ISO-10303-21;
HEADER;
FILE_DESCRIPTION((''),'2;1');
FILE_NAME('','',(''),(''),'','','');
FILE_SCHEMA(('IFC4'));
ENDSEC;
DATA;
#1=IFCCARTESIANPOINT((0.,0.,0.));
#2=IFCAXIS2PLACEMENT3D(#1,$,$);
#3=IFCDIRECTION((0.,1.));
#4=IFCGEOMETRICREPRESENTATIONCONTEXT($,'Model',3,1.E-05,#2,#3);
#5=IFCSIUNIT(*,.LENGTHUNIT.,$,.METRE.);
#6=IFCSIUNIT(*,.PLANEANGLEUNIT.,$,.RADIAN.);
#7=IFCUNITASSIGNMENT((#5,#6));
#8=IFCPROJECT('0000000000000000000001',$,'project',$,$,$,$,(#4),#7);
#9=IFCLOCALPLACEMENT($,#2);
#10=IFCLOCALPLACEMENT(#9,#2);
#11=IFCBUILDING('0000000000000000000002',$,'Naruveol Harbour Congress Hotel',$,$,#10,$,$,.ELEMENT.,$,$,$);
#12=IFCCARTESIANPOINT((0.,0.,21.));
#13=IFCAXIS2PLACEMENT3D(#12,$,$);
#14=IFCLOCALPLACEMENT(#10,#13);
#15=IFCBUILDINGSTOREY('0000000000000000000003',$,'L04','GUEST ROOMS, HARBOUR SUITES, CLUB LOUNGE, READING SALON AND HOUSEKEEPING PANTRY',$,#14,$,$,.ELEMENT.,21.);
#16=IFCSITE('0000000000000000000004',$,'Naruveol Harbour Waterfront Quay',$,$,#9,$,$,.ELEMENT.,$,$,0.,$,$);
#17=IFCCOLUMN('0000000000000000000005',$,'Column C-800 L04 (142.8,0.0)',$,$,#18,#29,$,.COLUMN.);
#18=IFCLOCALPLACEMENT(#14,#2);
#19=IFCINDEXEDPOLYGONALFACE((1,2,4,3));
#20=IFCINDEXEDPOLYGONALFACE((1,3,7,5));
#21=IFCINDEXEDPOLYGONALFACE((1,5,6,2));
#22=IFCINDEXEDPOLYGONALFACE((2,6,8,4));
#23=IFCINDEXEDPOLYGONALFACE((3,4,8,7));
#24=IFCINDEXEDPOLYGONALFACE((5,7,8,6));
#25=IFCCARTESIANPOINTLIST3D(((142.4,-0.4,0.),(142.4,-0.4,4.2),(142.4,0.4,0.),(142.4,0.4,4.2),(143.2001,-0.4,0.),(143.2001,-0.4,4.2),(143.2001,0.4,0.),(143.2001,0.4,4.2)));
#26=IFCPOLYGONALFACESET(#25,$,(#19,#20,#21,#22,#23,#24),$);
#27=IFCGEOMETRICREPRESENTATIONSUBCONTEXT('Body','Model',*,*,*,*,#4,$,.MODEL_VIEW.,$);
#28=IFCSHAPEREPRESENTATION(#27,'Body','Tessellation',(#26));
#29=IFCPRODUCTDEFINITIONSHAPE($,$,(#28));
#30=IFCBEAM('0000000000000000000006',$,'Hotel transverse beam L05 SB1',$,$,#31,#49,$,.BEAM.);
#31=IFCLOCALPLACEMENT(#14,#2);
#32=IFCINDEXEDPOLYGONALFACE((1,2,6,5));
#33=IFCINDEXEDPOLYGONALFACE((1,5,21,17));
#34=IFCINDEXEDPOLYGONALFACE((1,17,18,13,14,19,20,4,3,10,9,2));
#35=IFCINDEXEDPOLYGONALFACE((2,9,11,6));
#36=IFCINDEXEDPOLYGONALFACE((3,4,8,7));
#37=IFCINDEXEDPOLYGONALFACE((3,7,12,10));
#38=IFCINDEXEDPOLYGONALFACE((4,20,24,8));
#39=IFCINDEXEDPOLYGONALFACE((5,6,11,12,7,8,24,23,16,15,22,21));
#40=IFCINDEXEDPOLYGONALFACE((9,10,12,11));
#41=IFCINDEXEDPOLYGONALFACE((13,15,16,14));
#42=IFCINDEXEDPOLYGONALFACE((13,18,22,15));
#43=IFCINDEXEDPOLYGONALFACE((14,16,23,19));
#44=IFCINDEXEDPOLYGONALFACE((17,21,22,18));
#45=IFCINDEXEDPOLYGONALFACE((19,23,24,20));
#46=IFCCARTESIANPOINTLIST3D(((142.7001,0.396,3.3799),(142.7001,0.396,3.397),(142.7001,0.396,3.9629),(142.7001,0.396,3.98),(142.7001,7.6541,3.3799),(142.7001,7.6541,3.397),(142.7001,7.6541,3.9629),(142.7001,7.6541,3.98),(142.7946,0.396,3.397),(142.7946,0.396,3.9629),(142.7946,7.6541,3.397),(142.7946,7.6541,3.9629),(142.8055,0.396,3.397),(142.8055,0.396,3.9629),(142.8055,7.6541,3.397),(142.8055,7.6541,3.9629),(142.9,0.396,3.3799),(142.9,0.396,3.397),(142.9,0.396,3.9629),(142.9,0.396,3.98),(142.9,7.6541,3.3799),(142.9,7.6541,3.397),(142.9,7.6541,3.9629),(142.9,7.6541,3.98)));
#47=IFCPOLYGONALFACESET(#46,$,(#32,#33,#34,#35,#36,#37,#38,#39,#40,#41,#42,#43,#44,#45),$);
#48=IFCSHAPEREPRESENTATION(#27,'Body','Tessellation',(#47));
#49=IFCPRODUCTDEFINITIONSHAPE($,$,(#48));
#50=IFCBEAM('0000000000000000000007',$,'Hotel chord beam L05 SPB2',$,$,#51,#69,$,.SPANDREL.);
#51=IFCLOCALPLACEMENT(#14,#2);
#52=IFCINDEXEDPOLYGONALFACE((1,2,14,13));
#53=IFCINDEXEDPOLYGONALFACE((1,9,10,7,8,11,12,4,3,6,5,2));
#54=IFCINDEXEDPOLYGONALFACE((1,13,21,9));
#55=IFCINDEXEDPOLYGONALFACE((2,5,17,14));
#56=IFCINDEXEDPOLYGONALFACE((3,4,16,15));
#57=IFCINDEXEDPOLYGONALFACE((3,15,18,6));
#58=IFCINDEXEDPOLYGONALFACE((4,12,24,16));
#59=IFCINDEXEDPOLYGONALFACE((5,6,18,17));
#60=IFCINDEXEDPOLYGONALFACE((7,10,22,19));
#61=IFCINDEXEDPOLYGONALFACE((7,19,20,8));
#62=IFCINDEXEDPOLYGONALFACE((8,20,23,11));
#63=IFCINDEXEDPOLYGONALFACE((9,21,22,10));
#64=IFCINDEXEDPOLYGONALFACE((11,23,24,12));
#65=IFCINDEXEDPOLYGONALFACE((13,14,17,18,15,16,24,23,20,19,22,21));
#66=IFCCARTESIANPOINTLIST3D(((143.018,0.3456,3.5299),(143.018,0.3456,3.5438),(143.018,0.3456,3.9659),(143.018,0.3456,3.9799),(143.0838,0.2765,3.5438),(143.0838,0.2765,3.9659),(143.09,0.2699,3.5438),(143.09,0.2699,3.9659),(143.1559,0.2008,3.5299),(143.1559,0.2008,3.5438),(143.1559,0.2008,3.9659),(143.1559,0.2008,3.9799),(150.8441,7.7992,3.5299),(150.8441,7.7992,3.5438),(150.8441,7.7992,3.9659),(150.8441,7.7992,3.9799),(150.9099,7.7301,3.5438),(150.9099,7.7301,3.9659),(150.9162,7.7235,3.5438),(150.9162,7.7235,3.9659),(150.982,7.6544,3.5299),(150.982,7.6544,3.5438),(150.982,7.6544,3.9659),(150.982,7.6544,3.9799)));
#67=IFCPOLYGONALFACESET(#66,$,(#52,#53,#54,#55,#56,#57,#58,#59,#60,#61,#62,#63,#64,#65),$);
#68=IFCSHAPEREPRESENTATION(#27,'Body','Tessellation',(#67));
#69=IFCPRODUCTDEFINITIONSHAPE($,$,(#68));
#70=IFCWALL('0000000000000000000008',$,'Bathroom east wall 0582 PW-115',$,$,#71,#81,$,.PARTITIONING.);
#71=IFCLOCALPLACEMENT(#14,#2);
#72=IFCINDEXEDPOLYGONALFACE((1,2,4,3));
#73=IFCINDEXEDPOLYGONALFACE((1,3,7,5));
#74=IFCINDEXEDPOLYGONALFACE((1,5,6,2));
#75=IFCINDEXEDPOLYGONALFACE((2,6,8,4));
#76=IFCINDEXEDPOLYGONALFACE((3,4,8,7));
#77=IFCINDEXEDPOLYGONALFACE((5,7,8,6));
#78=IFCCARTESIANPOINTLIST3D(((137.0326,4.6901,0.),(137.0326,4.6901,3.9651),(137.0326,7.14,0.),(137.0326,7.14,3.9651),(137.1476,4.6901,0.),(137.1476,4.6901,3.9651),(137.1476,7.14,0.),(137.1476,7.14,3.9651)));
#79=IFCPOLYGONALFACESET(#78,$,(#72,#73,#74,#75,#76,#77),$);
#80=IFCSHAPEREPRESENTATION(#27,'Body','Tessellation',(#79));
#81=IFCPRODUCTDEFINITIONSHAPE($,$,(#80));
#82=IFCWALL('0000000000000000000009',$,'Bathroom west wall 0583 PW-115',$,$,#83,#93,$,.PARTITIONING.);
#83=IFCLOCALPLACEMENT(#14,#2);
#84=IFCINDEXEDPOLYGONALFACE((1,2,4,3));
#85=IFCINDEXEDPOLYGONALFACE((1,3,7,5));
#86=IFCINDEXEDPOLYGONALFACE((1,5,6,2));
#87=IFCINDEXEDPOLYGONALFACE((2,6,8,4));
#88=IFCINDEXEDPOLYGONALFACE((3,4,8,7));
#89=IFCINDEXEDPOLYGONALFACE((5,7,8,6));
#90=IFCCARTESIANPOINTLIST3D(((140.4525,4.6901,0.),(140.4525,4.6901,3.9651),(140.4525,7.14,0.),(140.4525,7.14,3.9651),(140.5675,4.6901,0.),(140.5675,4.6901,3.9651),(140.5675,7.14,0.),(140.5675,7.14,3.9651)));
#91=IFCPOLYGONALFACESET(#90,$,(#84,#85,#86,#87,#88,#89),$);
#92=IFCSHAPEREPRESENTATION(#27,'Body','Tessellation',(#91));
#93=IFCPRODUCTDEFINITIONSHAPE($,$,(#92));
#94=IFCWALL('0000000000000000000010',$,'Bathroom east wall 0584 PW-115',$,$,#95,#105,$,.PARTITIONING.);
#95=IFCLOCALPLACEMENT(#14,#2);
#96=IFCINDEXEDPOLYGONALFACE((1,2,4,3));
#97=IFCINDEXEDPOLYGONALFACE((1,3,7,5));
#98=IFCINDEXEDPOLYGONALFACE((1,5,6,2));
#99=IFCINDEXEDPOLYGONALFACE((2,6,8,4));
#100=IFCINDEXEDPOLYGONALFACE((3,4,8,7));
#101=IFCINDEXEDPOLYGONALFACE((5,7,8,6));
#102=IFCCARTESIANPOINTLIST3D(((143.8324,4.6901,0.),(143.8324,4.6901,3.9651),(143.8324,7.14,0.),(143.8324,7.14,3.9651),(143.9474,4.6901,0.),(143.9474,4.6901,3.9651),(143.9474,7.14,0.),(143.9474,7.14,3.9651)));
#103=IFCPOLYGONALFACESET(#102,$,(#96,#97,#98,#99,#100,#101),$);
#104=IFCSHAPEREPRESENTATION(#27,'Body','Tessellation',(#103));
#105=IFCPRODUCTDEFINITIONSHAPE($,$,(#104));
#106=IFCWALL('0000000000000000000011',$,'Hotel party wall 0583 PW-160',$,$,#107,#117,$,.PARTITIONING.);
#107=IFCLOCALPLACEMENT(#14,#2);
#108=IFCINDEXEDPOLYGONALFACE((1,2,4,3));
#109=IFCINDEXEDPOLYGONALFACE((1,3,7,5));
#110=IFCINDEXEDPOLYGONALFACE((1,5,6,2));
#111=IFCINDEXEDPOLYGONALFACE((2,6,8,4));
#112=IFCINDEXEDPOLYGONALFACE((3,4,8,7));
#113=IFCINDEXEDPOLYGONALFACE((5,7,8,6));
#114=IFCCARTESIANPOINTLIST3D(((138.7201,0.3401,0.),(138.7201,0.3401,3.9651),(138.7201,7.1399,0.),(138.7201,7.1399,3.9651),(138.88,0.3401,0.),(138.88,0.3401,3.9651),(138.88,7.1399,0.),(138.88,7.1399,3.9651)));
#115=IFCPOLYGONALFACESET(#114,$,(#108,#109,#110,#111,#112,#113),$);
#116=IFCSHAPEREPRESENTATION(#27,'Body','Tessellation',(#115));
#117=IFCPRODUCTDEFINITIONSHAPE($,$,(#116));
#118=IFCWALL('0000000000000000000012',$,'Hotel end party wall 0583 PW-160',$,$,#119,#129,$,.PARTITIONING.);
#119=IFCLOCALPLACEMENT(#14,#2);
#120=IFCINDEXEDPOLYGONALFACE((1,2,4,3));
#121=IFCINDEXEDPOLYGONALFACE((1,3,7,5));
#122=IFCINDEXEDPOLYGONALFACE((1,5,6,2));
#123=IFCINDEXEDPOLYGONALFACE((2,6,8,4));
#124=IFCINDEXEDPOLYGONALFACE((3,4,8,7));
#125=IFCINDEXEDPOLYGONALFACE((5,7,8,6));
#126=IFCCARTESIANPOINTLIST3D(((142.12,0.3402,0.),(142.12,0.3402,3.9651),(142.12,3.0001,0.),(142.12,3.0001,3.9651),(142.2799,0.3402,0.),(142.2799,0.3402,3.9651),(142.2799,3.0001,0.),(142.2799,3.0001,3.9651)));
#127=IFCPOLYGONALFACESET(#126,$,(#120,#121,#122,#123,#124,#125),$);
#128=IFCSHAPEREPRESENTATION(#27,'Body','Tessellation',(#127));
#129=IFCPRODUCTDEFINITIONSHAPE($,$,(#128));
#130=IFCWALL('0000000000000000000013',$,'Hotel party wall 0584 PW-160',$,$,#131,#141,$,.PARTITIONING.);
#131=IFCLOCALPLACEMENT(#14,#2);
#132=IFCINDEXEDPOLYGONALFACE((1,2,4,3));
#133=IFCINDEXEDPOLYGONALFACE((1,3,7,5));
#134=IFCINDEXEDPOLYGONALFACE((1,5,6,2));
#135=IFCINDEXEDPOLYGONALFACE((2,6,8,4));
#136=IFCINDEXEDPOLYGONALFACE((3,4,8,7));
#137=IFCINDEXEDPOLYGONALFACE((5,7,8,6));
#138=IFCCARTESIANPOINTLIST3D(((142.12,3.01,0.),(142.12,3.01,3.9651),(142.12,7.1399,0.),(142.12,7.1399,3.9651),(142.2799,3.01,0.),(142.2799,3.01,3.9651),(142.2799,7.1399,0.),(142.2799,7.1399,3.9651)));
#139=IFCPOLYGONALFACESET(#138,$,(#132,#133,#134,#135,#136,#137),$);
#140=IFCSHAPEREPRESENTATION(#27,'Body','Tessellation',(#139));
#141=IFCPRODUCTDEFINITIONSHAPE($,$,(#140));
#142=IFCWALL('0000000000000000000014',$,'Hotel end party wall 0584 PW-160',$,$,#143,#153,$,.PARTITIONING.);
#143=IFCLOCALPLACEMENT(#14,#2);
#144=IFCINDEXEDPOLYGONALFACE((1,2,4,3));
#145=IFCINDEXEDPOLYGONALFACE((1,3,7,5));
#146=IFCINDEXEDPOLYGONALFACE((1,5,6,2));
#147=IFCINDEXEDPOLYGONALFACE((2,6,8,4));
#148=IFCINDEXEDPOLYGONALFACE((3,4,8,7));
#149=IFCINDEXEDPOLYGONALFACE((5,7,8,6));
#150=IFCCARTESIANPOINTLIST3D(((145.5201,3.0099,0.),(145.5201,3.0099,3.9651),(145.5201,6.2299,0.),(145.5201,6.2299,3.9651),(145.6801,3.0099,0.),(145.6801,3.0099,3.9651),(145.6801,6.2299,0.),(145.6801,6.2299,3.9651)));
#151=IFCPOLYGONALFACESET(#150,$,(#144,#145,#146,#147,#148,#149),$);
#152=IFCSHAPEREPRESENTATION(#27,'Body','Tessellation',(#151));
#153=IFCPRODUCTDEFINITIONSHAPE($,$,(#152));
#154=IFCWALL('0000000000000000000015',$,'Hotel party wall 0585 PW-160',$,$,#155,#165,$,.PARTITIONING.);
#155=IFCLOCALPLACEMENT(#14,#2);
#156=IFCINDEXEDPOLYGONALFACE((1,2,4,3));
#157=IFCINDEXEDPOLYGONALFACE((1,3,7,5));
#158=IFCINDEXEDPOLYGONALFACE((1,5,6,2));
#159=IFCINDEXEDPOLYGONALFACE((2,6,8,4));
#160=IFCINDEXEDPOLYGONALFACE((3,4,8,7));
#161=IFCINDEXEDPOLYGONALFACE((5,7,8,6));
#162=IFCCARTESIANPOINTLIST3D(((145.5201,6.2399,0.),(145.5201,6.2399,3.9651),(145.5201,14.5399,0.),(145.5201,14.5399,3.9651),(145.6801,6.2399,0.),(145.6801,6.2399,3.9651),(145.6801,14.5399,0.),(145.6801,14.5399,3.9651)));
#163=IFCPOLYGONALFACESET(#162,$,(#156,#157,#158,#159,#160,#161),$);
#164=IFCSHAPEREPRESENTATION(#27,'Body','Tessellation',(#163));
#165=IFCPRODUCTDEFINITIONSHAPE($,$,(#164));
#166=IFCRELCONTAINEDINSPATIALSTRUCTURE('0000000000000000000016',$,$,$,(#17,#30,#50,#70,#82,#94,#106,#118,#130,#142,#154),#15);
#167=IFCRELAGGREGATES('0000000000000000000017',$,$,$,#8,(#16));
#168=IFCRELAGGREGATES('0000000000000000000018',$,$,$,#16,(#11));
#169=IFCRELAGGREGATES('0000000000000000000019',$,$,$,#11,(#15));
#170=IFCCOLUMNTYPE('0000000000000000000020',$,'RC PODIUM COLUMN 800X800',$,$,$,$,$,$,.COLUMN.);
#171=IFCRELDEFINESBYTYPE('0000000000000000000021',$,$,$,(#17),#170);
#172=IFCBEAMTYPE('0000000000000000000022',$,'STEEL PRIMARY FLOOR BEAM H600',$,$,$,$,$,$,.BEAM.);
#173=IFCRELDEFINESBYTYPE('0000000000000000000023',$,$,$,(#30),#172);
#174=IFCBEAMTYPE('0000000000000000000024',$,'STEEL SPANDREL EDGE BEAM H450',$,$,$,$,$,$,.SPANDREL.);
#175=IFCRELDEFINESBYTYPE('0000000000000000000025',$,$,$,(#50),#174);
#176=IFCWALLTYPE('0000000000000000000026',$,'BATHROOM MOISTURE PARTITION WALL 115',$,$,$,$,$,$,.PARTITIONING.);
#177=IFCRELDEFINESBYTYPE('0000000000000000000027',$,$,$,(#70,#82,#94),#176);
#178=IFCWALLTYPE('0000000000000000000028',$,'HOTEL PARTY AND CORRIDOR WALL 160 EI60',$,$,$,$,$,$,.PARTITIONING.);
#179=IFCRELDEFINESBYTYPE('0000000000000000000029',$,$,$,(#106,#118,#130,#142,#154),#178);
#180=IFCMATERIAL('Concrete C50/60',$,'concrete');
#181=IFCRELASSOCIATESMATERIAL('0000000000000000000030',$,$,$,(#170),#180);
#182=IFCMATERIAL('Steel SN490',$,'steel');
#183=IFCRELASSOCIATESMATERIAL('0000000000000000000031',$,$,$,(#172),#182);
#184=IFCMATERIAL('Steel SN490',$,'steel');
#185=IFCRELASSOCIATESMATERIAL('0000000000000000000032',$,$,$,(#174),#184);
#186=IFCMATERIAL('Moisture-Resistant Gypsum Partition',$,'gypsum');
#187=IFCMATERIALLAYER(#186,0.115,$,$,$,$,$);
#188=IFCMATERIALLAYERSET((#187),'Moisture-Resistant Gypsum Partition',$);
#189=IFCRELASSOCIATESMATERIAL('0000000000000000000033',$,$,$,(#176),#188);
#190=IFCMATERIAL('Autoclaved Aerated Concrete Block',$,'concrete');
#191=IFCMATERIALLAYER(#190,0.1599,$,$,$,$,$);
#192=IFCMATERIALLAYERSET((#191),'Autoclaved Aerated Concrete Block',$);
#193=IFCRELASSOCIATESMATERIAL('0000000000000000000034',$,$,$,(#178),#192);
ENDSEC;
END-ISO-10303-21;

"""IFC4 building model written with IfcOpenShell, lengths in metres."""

from ifc_helpers import new_model, si_unit, direction, frame, frame_2d, origin, origin_2d, place, context, subcontext, project, spatial, rectangle, i_section, extrude, material, layer, layer_set, material_profile, profile_set, type_object, element, save


model = new_model("IFC4")

# Units and contexts
model_context = context("Model", 3, precision=1e-05, world=origin(), true_north=direction((0.0, 1.0)))
body_context = subcontext(model_context, "Body", "Model", "MODEL_VIEW")
ifc_project = project(units=[si_unit("LENGTHUNIT", "METRE"), si_unit("PLANEANGLEUNIT", "RADIAN")], contexts=[model_context])

# Site, building, storey
site_placement = place(None, origin())
site = spatial("IfcSite", under=ifc_project, at=site_placement, Name="Naruveol Harbour Waterfront Quay", CompositionType="ELEMENT", RefElevation=0.0)
building_placement = place(site_placement, origin())
building = spatial("IfcBuilding", under=site, at=building_placement, Name="Naruveol Harbour Congress Hotel", CompositionType="ELEMENT")
storey_placement = place(building_placement, frame((0.0, 0.0, 21.0)))
storey = spatial("IfcBuildingStorey", under=building, at=storey_placement, Name="L04", Description="GUEST ROOMS, HARBOUR SUITES, CLUB LOUNGE, READING SALON AND HOUSEKEEPING PANTRY", CompositionType="ELEMENT", Elevation=21.0)

# Column
ifc_material_1 = material(Name="Concrete C50/60", Category="concrete")
ifc_material_profile_1 = material_profile(ifc_material_1, rectangle(XDim=0.8, YDim=0.8, at=origin_2d()), Name="RC-800x800")
ifc_profile_set_1 = profile_set([ifc_material_profile_1], Name="Concrete C50/60")
column_type = type_object("IfcColumnType", Name="RC PODIUM COLUMN 800X800", PredefinedType="COLUMN", material=ifc_profile_set_1)
column_placement = place(storey_placement, frame((142.8, 0.0, 0.0), z_axis=(0.0, 0.0, 1.0), x_axis=(1.0, 0.0, 0.0)))
element("IfcColumn", 1, at=column_placement, inside=storey, type_object=column_type, Name="Column C-800 L04 (142.8,0.0)", PredefinedType="COLUMN", context=body_context, shape_type="SweptSolid", body=[
    extrude(rectangle(XDim=0.8, YDim=0.8, at=origin_2d()), origin(), (0.0, 0.0, 1.0), 4.2),
])

# Beams
ifc_material_2 = material(Name="Steel SN490", Category="steel")
ifc_material_profile_2 = material_profile(ifc_material_2, i_section(OverallWidth=0.2, OverallDepth=0.6001, WebThickness=0.011, FlangeThickness=0.0171, at=origin_2d()), Name="H-600x200x11x17")
ifc_profile_set_2 = profile_set([ifc_material_profile_2], Name="Steel SN490")
beam_type_1 = type_object("IfcBeamType", Name="STEEL PRIMARY FLOOR BEAM H600", PredefinedType="BEAM", material=ifc_profile_set_2)
beam_1_placement = place(storey_placement, frame((142.8, 0.396, 3.6799), z_axis=(0.0, 1.0, 0.0), x_axis=(-1.0, 0.0, 0.0)))
element("IfcBeam", 2, at=beam_1_placement, inside=storey, type_object=beam_type_1, Name="Hotel transverse beam L05 SB1", PredefinedType="BEAM", context=body_context, shape_type="SweptSolid", body=[
    extrude(i_section(OverallWidth=0.2, OverallDepth=0.6001, WebThickness=0.011, FlangeThickness=0.0171, at=origin_2d()), origin(), (0.0, 0.0, 1.0), 7.2581),
])
ifc_material_3 = material(Name="Steel SN490", Category="steel")
ifc_material_profile_3 = material_profile(ifc_material_3, i_section(OverallWidth=0.2, OverallDepth=0.45, WebThickness=0.009, FlangeThickness=0.0139, at=origin_2d()), Name="H-450x200x9x14")
ifc_profile_set_3 = profile_set([ifc_material_profile_3], Name="Steel SN490")
beam_type_2 = type_object("IfcBeamType", Name="STEEL SPANDREL EDGE BEAM H450", PredefinedType="SPANDREL", material=ifc_profile_set_3)
beam_2_placement = place(storey_placement, frame((143.0869, 0.2732, 3.7549), z_axis=(0.724133, 0.689661, 0.0), x_axis=(-0.689661, 0.724133, 0.0)))
element("IfcBeam", 3, at=beam_2_placement, inside=storey, type_object=beam_type_2, Name="Hotel chord beam L05 SPB2", PredefinedType="SPANDREL", context=body_context, shape_type="SweptSolid", body=[
    extrude(i_section(OverallWidth=0.2, OverallDepth=0.45, WebThickness=0.009, FlangeThickness=0.0139, at=origin_2d()), origin(), (0.0, 0.0, 1.0), 10.8076),
])

# Walls
ifc_material_4 = material(Name="Moisture-Resistant Gypsum Partition", Category="gypsum")
ifc_layer_1 = layer(ifc_material_4, 0.115)
ifc_layer_set_1 = layer_set([ifc_layer_1], Name="Moisture-Resistant Gypsum Partition")
wall_type_1 = type_object("IfcWallType", Name="BATHROOM MOISTURE PARTITION WALL 115", PredefinedType="PARTITIONING", material=ifc_layer_set_1)
for number, where, z_axis, x_axis, name in (
    (4, (137.0901, 4.6899, 0.0), (0.0, 0.0, 1.0), (0.0, 1.0, 0.0), "Bathroom east wall 0582 PW-115"),
    (5, (140.51, 4.6899, 0.0), (0.0, 0.0, 1.0), (0.0, 1.0, 0.0), "Bathroom west wall 0583 PW-115"),
):
    element("IfcWall", number, at=place(storey_placement, frame(where, z_axis=z_axis, x_axis=x_axis)), inside=storey, type_object=wall_type_1, Name=name, PredefinedType="PARTITIONING", context=body_context, shape_type="SweptSolid", body=[
        extrude(rectangle(XDim=2.45, YDim=0.115, at=frame_2d((1.2251, 0.0))), origin(), (0.0, 0.0, 1.0), 3.9651),
    ])

# Wall
wall_1_placement = place(storey_placement, frame((143.8899, 4.6899, 0.0), z_axis=(0.0, 0.0, 1.0), x_axis=(0.0, 1.0, 0.0)))
element("IfcWall", 6, at=wall_1_placement, inside=storey, type_object=wall_type_1, Name="Bathroom east wall 0584 PW-115", PredefinedType="PARTITIONING", context=body_context, shape_type="SweptSolid", body=[
    extrude(rectangle(XDim=2.45, YDim=0.115, at=frame_2d((1.2251, 0.0))), origin(), (0.0, 0.0, 1.0), 3.9651),
])

# Walls
ifc_material_5 = material(Name="Autoclaved Aerated Concrete Block", Category="concrete")
ifc_layer_2 = layer(ifc_material_5, 0.1599)
ifc_layer_set_2 = layer_set([ifc_layer_2], Name="Autoclaved Aerated Concrete Block")
wall_type_2 = type_object("IfcWallType", Name="HOTEL PARTY AND CORRIDOR WALL 160 EI60", PredefinedType="PARTITIONING", material=ifc_layer_set_2)
wall_2_placement = place(storey_placement, frame((138.8, 0.3401, 0.0), z_axis=(0.0, 0.0, 1.0), x_axis=(0.0, 1.0, 0.0)))
element("IfcWall", 7, at=wall_2_placement, inside=storey, type_object=wall_type_2, Name="Hotel party wall 0583 PW-160", PredefinedType="PARTITIONING", context=body_context, shape_type="SweptSolid", body=[
    extrude(rectangle(XDim=6.7998, YDim=0.1599, at=frame_2d((3.3999, 0.0))), origin(), (0.0, 0.0, 1.0), 3.9651),
])
wall_3_placement = place(storey_placement, frame((142.2, 0.3401, 0.0), z_axis=(0.0, 0.0, 1.0), x_axis=(0.0, 1.0, 0.0)))
element("IfcWall", 8, at=wall_3_placement, inside=storey, type_object=wall_type_2, Name="Hotel end party wall 0583 PW-160", PredefinedType="PARTITIONING", context=body_context, shape_type="SweptSolid", body=[
    extrude(rectangle(XDim=2.6599, YDim=0.1599, at=frame_2d((1.3301, 0.0))), origin(), (0.0, 0.0, 1.0), 3.9651),
])
wall_4_placement = place(storey_placement, frame((142.2, 3.01, 0.0), z_axis=(0.0, 0.0, 1.0), x_axis=(0.0, 1.0, 0.0)))
element("IfcWall", 9, at=wall_4_placement, inside=storey, type_object=wall_type_2, Name="Hotel party wall 0584 PW-160", PredefinedType="PARTITIONING", context=body_context, shape_type="SweptSolid", body=[
    extrude(rectangle(XDim=4.1299, YDim=0.1599, at=frame_2d((2.0649, 0.0))), origin(), (0.0, 0.0, 1.0), 3.9651),
])
wall_5_placement = place(storey_placement, frame((145.6001, 3.01, 0.0), z_axis=(0.0, 0.0, 1.0), x_axis=(0.0, 1.0, 0.0)))
element("IfcWall", 10, at=wall_5_placement, inside=storey, type_object=wall_type_2, Name="Hotel end party wall 0584 PW-160", PredefinedType="PARTITIONING", context=body_context, shape_type="SweptSolid", body=[
    extrude(rectangle(XDim=3.22, YDim=0.1599, at=frame_2d((1.6099, 0.0))), origin(), (0.0, 0.0, 1.0), 3.9651),
])
wall_6_placement = place(storey_placement, frame((145.6001, 6.24, 0.0), z_axis=(0.0, 0.0, 1.0), x_axis=(0.0, 1.0, 0.0)))
element("IfcWall", 11, at=wall_6_placement, inside=storey, type_object=wall_type_2, Name="Hotel party wall 0585 PW-160", PredefinedType="PARTITIONING", context=body_context, shape_type="SweptSolid", body=[
    extrude(rectangle(XDim=8.3, YDim=0.1599, at=frame_2d((4.1499, 0.0))), origin(), (0.0, 0.0, 1.0), 3.9651),
])

save(model, "model.ifc")
